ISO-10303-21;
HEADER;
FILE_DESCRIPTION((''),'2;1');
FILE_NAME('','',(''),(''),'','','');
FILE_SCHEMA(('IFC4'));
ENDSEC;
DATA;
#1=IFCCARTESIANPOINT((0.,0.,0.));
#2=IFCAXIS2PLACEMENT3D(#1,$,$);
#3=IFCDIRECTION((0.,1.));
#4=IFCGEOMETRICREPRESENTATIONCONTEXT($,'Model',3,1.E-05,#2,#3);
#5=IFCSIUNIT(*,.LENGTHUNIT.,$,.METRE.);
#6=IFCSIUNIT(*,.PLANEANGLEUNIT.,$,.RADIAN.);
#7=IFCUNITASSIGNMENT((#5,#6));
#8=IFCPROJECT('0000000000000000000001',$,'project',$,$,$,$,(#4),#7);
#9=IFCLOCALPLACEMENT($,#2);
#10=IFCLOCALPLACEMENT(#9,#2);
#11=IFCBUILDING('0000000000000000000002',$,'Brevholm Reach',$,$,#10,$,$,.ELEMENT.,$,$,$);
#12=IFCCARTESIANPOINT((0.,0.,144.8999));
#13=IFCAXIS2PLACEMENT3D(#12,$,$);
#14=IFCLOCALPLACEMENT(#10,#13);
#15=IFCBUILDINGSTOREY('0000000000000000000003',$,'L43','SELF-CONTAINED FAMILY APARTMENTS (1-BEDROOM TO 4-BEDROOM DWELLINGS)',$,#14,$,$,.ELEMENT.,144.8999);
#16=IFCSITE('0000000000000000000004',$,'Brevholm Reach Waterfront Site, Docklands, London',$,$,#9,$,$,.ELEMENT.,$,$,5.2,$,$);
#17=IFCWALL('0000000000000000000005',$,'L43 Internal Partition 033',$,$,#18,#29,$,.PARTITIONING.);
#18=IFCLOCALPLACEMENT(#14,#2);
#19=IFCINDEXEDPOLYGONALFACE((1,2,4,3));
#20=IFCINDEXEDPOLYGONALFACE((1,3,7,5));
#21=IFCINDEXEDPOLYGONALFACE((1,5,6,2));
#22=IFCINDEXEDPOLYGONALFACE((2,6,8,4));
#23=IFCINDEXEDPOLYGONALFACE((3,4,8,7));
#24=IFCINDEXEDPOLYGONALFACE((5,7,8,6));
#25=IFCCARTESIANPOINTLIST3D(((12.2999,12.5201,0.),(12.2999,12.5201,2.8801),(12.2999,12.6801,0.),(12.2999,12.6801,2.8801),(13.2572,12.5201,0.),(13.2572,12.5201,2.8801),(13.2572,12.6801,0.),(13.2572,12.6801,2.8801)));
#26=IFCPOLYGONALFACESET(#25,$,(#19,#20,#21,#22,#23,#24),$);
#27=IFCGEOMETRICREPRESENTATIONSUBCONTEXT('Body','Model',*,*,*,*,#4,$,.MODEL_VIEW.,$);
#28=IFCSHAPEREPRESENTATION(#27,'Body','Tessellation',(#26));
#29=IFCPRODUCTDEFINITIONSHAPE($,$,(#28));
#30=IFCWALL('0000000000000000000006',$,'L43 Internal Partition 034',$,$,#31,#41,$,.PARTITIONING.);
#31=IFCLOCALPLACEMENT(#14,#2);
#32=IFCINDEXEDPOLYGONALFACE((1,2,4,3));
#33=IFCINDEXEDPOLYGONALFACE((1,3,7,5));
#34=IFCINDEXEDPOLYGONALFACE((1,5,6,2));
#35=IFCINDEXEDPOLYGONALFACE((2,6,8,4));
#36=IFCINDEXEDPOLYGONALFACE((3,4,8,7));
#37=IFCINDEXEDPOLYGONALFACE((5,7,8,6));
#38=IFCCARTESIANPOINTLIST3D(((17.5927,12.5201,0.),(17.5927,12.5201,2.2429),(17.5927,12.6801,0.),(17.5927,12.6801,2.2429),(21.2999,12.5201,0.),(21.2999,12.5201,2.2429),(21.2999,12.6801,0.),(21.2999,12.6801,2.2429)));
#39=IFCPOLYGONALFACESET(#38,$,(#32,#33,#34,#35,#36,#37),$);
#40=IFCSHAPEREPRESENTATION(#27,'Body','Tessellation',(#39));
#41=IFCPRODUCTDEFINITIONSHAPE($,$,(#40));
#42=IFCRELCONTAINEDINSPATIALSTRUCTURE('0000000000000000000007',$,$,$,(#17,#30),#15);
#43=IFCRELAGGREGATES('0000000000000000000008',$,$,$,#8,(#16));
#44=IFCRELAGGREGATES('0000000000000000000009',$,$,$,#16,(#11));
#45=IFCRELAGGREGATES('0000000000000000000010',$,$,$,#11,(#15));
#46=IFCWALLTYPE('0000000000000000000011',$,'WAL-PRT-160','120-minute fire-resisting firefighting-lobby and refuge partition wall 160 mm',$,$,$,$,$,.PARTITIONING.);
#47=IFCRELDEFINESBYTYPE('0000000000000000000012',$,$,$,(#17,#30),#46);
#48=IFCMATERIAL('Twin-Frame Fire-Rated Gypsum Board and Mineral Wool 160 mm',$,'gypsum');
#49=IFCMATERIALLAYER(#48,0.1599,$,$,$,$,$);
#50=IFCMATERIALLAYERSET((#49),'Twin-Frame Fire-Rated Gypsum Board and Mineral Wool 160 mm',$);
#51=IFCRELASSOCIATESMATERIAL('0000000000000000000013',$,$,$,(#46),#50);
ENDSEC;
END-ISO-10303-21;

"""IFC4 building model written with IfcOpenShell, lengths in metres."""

from ifc_helpers import new_model, si_unit, direction, frame, frame_2d, origin, place, context, subcontext, project, spatial, rectangle, extrude, material, layer, layer_set, type_object, element, save


model = new_model("IFC4")

# Units and contexts
model_context = context("Model", 3, precision=1e-05, world=origin(), true_north=direction((0.0, 1.0)))
body_context = subcontext(model_context, "Body", "Model", "MODEL_VIEW")
ifc_project = project(units=[si_unit("LENGTHUNIT", "METRE"), si_unit("PLANEANGLEUNIT", "RADIAN")], contexts=[model_context])

# Site, building, storey
site_placement = place(None, origin())
site = spatial("IfcSite", under=ifc_project, at=site_placement, Name="Brevholm Reach Waterfront Site, Docklands, London", CompositionType="ELEMENT", RefElevation=5.2)
building_placement = place(site_placement, origin())
building = spatial("IfcBuilding", under=site, at=building_placement, Name="Brevholm Reach", CompositionType="ELEMENT")
storey_placement = place(building_placement, frame((0.0, 0.0, 144.8999)))
storey = spatial("IfcBuildingStorey", under=building, at=storey_placement, Name="L43", Description="SELF-CONTAINED FAMILY APARTMENTS (1-BEDROOM TO 4-BEDROOM DWELLINGS)", CompositionType="ELEMENT", Elevation=144.8999)

# Shared definitions
ifc_material_1 = material(Name="Twin-Frame Fire-Rated Gypsum Board and Mineral Wool 160 mm", Category="gypsum")
ifc_layer_1 = layer(ifc_material_1, 0.1599)
ifc_layer_set_1 = layer_set([ifc_layer_1], Name="Twin-Frame Fire-Rated Gypsum Board and Mineral Wool 160 mm")
wall_type_1 = type_object("IfcWallType", Name="WAL-PRT-160", Description="120-minute fire-resisting firefighting-lobby and refuge partition wall 160 mm", PredefinedType="PARTITIONING", material=ifc_layer_set_1)

# Walls
wall_1_placement = place(storey_placement, frame((12.3, 12.6001, 0.0), z_axis=(0.0, 0.0, 1.0), x_axis=(1.0, 0.0, 0.0)))
element("IfcWall", 1, at=wall_1_placement, inside=storey, type_object=wall_type_1, Name="L43 Internal Partition 033", PredefinedType="PARTITIONING", context=body_context, shape_type="SweptSolid", body=[
    extrude(rectangle(XDim=0.9573, YDim=0.1599, at=frame_2d((0.4785, 0.0))), origin(), (0.0, 0.0, 1.0), 2.8801),
])
wall_2_placement = place(storey_placement, frame((17.5928, 12.6001, 0.0), z_axis=(0.0, 0.0, 1.0), x_axis=(1.0, 0.0, 0.0)))
element("IfcWall", 2, at=wall_2_placement, inside=storey, type_object=wall_type_1, Name="L43 Internal Partition 034", PredefinedType="PARTITIONING", context=body_context, shape_type="SweptSolid", body=[
    extrude(rectangle(XDim=3.7073, YDim=0.1599, at=frame_2d((1.8535, 0.0))), origin(), (0.0, 0.0, 1.0), 2.2429),
])

save(model, "model.ifc")
